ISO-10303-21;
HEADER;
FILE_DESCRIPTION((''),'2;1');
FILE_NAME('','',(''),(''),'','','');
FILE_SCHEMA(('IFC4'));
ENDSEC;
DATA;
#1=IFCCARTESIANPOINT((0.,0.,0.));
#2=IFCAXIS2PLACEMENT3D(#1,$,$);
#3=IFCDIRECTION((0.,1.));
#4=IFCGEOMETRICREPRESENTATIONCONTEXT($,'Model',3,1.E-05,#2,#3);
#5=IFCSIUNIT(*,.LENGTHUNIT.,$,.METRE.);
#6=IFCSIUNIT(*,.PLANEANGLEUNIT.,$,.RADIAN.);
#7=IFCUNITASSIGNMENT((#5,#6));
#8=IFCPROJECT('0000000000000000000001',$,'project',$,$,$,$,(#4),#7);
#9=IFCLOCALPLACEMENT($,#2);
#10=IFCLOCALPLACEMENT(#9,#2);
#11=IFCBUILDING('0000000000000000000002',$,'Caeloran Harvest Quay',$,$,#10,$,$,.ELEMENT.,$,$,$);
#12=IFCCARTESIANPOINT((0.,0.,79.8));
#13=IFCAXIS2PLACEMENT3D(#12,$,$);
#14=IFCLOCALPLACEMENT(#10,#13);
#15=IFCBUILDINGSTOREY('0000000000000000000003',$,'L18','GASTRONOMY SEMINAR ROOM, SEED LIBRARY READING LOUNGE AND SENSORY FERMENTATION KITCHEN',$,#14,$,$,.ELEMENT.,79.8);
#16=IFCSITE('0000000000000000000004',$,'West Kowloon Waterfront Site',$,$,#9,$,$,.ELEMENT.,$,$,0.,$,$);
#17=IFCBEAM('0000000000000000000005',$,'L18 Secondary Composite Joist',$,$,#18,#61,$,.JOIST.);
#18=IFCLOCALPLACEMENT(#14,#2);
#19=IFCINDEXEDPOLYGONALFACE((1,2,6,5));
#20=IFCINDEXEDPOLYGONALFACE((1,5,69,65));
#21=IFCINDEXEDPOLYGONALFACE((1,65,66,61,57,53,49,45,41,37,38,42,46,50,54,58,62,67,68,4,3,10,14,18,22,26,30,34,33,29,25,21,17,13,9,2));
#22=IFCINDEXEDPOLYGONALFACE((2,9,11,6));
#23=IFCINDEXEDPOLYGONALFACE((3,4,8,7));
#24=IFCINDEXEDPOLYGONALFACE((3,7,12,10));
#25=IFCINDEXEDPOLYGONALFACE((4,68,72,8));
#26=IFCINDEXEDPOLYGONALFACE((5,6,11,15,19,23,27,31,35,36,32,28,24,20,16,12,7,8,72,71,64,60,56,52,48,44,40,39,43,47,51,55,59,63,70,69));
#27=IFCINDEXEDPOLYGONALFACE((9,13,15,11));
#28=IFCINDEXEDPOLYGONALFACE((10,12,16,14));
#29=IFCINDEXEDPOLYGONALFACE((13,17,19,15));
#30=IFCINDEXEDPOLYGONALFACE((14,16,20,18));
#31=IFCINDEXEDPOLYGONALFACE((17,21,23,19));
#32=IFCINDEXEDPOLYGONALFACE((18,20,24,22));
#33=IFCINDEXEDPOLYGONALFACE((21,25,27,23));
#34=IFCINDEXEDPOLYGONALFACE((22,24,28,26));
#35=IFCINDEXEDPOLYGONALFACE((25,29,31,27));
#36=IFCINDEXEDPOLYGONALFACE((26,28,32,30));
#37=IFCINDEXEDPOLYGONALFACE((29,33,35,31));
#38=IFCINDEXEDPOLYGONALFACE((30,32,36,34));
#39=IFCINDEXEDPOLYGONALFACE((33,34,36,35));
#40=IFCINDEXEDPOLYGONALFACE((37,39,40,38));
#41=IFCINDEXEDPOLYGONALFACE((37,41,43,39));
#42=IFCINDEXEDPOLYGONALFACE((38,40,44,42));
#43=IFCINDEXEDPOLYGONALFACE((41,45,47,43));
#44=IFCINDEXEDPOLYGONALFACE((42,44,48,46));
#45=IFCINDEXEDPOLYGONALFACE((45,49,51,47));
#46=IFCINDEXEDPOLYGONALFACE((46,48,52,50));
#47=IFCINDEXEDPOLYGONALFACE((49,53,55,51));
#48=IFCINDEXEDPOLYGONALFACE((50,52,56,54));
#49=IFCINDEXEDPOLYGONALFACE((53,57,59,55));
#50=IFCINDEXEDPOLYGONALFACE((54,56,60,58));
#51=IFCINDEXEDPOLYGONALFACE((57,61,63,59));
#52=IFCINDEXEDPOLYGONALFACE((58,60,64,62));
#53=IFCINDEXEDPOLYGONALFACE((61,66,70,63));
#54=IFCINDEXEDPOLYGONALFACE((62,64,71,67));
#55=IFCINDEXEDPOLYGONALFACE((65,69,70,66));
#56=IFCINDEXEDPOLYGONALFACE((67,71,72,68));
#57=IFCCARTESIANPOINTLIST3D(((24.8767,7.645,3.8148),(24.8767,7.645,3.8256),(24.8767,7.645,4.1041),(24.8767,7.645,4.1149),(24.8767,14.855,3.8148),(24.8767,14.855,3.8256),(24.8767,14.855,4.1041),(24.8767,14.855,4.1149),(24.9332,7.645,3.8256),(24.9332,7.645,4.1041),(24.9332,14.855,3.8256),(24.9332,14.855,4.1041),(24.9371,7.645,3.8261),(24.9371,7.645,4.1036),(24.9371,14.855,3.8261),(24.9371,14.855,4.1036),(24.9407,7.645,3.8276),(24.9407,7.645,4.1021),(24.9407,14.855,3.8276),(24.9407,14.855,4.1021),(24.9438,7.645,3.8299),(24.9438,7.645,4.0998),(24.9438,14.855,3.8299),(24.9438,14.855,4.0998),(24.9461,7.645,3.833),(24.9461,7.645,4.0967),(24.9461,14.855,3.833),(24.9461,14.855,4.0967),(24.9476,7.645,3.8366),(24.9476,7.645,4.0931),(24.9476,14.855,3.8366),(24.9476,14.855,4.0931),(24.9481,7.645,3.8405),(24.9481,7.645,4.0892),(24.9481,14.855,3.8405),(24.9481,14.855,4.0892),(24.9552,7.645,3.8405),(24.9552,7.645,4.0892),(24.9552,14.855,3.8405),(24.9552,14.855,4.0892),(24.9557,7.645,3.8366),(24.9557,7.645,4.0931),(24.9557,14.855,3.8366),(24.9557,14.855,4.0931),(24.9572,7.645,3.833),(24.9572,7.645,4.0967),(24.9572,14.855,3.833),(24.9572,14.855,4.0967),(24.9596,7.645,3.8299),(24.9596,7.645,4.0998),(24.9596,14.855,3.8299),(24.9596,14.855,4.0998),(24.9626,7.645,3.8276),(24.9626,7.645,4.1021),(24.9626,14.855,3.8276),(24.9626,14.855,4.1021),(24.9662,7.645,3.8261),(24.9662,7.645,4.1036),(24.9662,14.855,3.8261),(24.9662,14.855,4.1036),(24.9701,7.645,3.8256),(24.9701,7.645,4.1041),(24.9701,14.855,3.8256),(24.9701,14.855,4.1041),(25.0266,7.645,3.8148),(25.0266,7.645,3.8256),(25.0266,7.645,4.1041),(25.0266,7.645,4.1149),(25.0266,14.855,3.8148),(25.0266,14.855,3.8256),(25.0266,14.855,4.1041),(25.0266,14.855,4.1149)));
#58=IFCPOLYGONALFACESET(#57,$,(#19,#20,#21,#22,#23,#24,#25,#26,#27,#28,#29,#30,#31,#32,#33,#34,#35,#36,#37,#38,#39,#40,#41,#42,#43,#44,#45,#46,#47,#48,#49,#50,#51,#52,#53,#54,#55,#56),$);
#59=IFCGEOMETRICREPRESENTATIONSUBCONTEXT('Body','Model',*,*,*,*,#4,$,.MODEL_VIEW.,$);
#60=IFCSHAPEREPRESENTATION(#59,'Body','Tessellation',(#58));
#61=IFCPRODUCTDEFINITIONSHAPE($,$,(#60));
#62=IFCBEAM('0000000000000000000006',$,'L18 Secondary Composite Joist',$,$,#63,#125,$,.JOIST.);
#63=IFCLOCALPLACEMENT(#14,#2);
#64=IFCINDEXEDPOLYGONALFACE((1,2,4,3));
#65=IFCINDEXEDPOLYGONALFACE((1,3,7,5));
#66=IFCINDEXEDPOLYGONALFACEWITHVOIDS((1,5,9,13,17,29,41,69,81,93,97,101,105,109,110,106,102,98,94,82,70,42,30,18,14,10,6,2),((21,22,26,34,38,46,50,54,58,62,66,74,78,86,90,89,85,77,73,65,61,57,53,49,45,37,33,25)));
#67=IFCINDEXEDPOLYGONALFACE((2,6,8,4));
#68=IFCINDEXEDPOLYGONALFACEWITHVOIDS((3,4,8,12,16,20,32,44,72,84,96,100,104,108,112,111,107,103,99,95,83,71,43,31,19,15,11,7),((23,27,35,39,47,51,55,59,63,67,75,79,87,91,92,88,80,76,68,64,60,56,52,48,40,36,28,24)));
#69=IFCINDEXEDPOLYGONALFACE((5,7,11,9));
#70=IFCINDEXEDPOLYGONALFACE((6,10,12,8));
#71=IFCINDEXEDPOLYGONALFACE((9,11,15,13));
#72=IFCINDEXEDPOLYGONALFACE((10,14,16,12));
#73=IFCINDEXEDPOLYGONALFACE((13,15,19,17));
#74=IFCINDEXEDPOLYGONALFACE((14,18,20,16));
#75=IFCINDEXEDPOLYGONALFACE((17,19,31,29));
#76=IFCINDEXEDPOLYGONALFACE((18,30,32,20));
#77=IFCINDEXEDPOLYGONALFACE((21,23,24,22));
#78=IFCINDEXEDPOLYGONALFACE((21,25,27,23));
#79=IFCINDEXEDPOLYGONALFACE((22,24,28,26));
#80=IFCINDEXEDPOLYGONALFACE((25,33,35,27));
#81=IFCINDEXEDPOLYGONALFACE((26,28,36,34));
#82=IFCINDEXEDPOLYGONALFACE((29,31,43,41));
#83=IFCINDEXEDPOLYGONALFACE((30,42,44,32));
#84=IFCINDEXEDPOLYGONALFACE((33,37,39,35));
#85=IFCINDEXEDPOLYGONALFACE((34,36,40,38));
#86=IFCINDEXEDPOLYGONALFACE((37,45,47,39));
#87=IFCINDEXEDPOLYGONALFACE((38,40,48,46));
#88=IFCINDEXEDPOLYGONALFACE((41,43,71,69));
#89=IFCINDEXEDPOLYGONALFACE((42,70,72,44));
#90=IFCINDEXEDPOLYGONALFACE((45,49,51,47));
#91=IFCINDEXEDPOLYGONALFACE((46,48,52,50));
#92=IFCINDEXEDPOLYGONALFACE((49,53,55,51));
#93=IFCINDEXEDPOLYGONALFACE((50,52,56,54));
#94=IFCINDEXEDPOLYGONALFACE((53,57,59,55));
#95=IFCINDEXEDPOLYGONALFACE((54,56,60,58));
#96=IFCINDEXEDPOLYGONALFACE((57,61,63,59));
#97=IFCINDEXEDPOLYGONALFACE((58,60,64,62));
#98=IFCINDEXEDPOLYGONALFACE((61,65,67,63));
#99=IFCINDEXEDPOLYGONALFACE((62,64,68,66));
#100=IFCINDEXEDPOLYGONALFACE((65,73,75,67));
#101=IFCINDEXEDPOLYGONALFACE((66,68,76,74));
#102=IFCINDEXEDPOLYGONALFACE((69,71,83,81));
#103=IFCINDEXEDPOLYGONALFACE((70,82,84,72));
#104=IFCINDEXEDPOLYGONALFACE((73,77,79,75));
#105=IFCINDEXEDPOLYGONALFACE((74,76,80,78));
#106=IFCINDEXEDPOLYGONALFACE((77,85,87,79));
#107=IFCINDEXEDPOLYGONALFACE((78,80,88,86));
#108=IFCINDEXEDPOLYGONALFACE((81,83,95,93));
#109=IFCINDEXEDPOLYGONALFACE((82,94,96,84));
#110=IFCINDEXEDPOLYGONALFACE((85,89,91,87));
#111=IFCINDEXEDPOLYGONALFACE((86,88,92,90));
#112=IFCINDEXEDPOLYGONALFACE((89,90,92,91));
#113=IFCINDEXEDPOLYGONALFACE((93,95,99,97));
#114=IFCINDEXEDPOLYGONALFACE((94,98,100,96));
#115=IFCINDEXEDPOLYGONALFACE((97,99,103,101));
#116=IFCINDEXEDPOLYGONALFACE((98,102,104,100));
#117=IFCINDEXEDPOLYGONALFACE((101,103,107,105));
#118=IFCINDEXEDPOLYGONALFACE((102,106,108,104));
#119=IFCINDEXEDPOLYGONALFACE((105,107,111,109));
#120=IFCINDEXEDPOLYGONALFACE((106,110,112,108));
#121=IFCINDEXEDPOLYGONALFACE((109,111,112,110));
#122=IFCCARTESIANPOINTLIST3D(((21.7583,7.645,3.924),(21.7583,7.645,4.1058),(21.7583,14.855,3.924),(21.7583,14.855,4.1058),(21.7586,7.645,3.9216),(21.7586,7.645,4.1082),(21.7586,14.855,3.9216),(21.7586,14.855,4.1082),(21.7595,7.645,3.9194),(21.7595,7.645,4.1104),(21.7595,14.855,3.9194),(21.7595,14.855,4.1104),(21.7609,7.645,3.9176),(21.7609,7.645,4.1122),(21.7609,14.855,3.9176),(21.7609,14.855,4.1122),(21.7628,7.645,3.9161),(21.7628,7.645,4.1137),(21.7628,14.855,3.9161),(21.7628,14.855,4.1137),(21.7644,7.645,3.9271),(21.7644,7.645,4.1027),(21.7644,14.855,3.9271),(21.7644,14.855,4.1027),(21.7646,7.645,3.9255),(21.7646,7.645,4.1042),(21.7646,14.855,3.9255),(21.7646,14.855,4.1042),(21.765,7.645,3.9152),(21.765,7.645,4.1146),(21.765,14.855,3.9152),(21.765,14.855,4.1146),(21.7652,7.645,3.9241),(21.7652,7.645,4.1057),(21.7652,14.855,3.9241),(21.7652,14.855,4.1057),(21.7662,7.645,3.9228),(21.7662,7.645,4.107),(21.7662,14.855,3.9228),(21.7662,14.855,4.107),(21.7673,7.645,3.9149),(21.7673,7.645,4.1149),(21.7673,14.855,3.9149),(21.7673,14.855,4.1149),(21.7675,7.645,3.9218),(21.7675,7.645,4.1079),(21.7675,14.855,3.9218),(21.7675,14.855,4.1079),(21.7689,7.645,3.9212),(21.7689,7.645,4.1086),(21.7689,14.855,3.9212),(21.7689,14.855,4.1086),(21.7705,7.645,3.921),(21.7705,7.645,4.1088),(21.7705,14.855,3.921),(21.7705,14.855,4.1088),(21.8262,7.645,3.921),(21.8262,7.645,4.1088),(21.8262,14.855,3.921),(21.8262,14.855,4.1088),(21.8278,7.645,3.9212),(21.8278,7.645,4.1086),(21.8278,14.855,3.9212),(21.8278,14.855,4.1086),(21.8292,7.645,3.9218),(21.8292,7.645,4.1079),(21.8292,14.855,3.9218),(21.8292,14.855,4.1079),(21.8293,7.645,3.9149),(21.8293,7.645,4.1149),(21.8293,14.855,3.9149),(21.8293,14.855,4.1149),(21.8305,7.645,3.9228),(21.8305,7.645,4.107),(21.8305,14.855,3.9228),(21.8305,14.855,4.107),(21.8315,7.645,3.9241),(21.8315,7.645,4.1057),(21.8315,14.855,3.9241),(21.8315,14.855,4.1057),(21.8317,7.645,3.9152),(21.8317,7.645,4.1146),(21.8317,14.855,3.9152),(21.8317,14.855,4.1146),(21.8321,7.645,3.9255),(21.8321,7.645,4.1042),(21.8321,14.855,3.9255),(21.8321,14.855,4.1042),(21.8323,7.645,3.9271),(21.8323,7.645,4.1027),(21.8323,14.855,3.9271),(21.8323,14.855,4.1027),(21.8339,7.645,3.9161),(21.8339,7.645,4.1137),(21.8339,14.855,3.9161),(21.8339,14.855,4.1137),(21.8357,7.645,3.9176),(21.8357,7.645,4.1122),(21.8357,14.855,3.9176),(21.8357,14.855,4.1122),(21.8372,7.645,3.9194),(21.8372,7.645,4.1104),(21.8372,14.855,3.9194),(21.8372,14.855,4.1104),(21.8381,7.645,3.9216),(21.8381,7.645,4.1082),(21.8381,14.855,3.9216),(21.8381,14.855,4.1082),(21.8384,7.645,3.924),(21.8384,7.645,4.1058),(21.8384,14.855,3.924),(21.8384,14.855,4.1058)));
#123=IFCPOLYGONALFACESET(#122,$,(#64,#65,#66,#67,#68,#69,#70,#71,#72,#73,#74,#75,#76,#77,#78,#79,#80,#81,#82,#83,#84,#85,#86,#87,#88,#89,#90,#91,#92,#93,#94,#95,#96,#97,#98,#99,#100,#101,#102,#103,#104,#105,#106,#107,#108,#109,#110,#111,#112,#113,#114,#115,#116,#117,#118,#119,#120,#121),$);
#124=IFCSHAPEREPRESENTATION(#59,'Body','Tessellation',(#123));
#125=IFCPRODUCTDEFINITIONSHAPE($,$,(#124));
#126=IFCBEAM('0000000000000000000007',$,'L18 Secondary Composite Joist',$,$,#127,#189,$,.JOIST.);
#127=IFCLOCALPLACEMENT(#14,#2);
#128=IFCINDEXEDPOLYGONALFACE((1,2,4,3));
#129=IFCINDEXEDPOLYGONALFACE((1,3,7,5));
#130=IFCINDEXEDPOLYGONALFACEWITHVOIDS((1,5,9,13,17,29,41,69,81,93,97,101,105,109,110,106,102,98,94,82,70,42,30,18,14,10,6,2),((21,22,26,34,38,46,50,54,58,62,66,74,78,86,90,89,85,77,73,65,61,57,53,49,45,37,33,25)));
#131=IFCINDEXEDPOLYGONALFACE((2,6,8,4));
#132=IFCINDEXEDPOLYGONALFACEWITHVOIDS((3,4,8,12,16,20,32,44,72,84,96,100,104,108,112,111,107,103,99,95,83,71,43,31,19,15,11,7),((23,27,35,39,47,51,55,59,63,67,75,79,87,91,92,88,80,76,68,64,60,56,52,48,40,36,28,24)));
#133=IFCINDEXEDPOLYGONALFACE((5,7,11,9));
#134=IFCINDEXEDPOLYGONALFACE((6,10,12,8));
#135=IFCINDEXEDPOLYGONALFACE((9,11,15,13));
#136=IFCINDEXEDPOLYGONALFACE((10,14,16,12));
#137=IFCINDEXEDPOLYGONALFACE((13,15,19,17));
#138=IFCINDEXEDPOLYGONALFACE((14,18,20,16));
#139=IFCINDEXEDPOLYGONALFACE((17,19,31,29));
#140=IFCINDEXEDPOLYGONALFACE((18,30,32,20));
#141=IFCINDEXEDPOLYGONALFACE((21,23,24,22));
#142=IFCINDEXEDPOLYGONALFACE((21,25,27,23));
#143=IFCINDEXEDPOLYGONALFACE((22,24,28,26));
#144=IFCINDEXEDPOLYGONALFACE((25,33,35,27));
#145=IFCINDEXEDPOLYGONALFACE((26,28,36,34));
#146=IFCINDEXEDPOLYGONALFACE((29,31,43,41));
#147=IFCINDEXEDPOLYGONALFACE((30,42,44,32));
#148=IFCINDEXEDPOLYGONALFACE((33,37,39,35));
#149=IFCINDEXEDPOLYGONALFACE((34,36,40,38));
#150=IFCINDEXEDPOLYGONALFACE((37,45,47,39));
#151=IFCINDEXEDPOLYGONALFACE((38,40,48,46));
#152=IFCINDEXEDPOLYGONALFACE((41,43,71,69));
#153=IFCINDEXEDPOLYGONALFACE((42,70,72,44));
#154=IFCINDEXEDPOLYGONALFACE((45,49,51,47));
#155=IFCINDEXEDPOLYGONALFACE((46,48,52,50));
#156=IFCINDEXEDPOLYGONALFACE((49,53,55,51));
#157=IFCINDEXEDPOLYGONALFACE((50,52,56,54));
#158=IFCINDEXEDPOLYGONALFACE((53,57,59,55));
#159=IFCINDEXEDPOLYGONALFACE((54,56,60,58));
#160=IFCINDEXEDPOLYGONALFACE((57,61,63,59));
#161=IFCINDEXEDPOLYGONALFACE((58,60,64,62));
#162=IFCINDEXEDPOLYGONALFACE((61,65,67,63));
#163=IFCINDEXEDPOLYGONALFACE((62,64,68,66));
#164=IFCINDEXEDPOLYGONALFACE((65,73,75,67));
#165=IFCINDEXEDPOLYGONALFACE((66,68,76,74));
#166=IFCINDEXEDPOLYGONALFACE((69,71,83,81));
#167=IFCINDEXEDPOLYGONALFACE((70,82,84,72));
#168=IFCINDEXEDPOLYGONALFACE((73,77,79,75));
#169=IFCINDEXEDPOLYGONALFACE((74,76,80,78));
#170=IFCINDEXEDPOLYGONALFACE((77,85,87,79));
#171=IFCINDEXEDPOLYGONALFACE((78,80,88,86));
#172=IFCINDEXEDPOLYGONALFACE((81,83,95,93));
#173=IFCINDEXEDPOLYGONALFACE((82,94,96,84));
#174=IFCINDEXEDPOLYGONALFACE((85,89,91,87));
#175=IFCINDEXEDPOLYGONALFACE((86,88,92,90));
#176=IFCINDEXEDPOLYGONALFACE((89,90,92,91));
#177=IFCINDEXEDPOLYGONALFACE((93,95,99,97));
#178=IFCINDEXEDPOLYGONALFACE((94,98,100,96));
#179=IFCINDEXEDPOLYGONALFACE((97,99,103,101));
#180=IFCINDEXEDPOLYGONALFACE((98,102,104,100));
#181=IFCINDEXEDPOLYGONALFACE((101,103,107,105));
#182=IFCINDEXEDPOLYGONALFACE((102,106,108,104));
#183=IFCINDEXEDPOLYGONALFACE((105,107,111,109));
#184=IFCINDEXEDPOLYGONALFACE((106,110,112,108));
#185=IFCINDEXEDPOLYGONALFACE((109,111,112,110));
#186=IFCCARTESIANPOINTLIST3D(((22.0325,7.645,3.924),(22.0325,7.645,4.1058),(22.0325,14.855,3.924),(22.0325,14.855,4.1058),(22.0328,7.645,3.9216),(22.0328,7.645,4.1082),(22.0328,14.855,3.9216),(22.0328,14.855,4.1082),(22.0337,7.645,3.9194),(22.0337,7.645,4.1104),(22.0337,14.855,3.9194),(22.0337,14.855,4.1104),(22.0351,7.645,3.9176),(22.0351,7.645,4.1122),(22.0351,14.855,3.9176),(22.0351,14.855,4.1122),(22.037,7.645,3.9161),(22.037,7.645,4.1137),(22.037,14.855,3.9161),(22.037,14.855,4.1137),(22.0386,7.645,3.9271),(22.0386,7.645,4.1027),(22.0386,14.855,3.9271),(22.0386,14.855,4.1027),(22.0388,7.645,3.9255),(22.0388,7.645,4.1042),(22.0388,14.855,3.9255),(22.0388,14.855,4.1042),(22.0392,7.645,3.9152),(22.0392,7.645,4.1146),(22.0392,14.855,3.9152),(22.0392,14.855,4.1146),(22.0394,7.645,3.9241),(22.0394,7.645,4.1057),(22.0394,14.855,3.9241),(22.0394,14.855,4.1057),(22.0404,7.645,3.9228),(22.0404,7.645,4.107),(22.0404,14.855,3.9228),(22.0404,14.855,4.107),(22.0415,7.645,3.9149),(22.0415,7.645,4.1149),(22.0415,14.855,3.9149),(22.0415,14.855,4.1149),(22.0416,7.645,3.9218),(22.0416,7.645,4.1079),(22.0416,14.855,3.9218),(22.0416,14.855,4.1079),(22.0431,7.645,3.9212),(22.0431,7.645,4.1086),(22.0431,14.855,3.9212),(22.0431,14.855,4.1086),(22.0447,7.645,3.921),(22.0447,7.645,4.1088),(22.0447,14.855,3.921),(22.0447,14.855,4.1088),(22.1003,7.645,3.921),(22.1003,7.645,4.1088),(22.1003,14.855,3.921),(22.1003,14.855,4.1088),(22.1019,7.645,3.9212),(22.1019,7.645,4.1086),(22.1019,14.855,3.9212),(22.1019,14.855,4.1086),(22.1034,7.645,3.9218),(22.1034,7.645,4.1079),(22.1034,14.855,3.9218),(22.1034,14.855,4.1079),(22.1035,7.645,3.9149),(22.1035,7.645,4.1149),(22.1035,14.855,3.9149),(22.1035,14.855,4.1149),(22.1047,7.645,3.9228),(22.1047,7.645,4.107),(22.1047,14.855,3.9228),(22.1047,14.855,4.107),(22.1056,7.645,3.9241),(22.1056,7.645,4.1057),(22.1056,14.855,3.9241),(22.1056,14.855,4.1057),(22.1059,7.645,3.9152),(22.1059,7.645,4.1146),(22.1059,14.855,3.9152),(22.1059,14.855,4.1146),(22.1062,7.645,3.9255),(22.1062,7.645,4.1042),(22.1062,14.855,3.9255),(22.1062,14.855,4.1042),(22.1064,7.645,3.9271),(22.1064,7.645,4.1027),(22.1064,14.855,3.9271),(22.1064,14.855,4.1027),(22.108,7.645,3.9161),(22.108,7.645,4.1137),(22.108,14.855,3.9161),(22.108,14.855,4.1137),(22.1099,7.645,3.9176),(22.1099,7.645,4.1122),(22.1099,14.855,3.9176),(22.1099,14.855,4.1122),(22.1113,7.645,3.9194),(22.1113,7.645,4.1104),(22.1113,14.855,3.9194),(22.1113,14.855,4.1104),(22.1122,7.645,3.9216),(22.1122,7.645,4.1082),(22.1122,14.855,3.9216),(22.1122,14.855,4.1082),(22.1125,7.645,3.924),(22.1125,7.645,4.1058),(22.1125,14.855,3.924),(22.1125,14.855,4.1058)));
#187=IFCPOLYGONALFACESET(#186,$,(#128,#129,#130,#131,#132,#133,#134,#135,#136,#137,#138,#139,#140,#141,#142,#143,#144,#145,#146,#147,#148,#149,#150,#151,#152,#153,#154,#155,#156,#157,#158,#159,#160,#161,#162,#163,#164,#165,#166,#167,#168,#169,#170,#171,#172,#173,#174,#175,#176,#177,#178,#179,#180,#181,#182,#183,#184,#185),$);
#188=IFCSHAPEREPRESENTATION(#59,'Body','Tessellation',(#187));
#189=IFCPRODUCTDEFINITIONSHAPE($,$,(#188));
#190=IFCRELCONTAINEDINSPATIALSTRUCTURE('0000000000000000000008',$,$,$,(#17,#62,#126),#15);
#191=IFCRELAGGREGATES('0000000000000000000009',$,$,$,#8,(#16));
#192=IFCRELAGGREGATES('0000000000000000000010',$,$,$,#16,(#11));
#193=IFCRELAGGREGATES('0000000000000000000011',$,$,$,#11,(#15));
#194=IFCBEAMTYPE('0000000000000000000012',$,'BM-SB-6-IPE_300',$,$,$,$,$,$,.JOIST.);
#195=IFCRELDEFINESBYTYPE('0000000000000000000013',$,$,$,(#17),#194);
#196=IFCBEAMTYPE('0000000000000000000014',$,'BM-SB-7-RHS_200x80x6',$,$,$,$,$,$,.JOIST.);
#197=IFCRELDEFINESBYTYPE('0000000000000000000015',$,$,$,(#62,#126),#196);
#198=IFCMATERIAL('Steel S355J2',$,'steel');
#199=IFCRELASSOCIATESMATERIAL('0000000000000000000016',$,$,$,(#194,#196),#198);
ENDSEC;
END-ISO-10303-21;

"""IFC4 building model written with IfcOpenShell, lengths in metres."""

from ifc_helpers import new_model, si_unit, direction, frame, origin, origin_2d, place, context, subcontext, project, spatial, hollow_rectangle, i_section, extrude, material, material_profile, profile_set, type_object, element, save


model = new_model("IFC4")

# Units and contexts
model_context = context("Model", 3, precision=1e-05, world=origin(), true_north=direction((0.0, 1.0)))
body_context = subcontext(model_context, "Body", "Model", "MODEL_VIEW")
ifc_project = project(units=[si_unit("LENGTHUNIT", "METRE"), si_unit("PLANEANGLEUNIT", "RADIAN")], contexts=[model_context])

# Site, building, storey
site_placement = place(None, origin())
site = spatial("IfcSite", under=ifc_project, at=site_placement, Name="West Kowloon Waterfront Site", CompositionType="ELEMENT", RefElevation=0.0)
building_placement = place(site_placement, origin())
building = spatial("IfcBuilding", under=site, at=building_placement, Name="Caeloran Harvest Quay", CompositionType="ELEMENT")
storey_placement = place(building_placement, frame((0.0, 0.0, 79.8)))
storey = spatial("IfcBuildingStorey", under=building, at=storey_placement, Name="L18", Description="GASTRONOMY SEMINAR ROOM, SEED LIBRARY READING LOUNGE AND SENSORY FERMENTATION KITCHEN", CompositionType="ELEMENT", Elevation=79.8)

# Beams
ifc_material_1 = material(Name="Steel S355J2", Category="steel")
ifc_material_profile_1 = material_profile(ifc_material_1, i_section(OverallWidth=0.1499, OverallDepth=0.3, WebThickness=0.0071, FlangeThickness=0.0107, FilletRadius=0.0149, at=origin_2d()), Name="IPE 300")
ifc_profile_set_1 = profile_set([ifc_material_profile_1], Name="Steel S355J2")
beam_type_1 = type_object("IfcBeamType", Name="BM-SB-6-IPE_300", PredefinedType="JOIST", material=ifc_profile_set_1)
for number, where, z_axis, x_axis, name in (
    (1, (24.9517, 7.645, 3.9648), (0.0, 1.0, 0.0), (-1.0, 0.0, 0.0), "L18 Secondary Composite Joist"),
):
    element("IfcBeam", number, at=place(storey_placement, frame(where, z_axis=z_axis, x_axis=x_axis)), inside=storey, type_object=beam_type_1, Name=name, PredefinedType="JOIST", context=body_context, shape_type="SweptSolid", body=[
        extrude(i_section(OverallWidth=0.1499, OverallDepth=0.3, WebThickness=0.0071, FlangeThickness=0.0107, FilletRadius=0.0149, at=origin_2d()), origin(), (0.0, 0.0, 1.0), 7.21),
    ])
ifc_material_profile_2 = material_profile(ifc_material_1, hollow_rectangle(XDim=0.0801, YDim=0.2, WallThickness=0.0061, InnerFilletRadius=0.0061, OuterFilletRadius=0.009, at=origin_2d()), Name="RHS 200x80x6")
ifc_profile_set_2 = profile_set([ifc_material_profile_2], Name="Steel S355J2")
beam_type_2 = type_object("IfcBeamType", Name="BM-SB-7-RHS_200x80x6", PredefinedType="JOIST", material=ifc_profile_set_2)
for number, where, z_axis, x_axis, name in (
    (2, (21.7983, 7.645, 4.0149), (0.0, 1.0, 0.0), (-1.0, 0.0, 0.0), "L18 Secondary Composite Joist"),
    (3, (22.0725, 7.645, 4.0149), (0.0, 1.0, 0.0), (-1.0, 0.0, 0.0), "L18 Secondary Composite Joist"),
):
    element("IfcBeam", number, at=place(storey_placement, frame(where, z_axis=z_axis, x_axis=x_axis)), inside=storey, type_object=beam_type_2, Name=name, PredefinedType="JOIST", context=body_context, shape_type="SweptSolid", body=[
        extrude(hollow_rectangle(XDim=0.0801, YDim=0.2, WallThickness=0.0061, InnerFilletRadius=0.0061, OuterFilletRadius=0.009, at=origin_2d()), origin(), (0.0, 0.0, 1.0), 7.21),
    ])

save(model, "model.ifc")
